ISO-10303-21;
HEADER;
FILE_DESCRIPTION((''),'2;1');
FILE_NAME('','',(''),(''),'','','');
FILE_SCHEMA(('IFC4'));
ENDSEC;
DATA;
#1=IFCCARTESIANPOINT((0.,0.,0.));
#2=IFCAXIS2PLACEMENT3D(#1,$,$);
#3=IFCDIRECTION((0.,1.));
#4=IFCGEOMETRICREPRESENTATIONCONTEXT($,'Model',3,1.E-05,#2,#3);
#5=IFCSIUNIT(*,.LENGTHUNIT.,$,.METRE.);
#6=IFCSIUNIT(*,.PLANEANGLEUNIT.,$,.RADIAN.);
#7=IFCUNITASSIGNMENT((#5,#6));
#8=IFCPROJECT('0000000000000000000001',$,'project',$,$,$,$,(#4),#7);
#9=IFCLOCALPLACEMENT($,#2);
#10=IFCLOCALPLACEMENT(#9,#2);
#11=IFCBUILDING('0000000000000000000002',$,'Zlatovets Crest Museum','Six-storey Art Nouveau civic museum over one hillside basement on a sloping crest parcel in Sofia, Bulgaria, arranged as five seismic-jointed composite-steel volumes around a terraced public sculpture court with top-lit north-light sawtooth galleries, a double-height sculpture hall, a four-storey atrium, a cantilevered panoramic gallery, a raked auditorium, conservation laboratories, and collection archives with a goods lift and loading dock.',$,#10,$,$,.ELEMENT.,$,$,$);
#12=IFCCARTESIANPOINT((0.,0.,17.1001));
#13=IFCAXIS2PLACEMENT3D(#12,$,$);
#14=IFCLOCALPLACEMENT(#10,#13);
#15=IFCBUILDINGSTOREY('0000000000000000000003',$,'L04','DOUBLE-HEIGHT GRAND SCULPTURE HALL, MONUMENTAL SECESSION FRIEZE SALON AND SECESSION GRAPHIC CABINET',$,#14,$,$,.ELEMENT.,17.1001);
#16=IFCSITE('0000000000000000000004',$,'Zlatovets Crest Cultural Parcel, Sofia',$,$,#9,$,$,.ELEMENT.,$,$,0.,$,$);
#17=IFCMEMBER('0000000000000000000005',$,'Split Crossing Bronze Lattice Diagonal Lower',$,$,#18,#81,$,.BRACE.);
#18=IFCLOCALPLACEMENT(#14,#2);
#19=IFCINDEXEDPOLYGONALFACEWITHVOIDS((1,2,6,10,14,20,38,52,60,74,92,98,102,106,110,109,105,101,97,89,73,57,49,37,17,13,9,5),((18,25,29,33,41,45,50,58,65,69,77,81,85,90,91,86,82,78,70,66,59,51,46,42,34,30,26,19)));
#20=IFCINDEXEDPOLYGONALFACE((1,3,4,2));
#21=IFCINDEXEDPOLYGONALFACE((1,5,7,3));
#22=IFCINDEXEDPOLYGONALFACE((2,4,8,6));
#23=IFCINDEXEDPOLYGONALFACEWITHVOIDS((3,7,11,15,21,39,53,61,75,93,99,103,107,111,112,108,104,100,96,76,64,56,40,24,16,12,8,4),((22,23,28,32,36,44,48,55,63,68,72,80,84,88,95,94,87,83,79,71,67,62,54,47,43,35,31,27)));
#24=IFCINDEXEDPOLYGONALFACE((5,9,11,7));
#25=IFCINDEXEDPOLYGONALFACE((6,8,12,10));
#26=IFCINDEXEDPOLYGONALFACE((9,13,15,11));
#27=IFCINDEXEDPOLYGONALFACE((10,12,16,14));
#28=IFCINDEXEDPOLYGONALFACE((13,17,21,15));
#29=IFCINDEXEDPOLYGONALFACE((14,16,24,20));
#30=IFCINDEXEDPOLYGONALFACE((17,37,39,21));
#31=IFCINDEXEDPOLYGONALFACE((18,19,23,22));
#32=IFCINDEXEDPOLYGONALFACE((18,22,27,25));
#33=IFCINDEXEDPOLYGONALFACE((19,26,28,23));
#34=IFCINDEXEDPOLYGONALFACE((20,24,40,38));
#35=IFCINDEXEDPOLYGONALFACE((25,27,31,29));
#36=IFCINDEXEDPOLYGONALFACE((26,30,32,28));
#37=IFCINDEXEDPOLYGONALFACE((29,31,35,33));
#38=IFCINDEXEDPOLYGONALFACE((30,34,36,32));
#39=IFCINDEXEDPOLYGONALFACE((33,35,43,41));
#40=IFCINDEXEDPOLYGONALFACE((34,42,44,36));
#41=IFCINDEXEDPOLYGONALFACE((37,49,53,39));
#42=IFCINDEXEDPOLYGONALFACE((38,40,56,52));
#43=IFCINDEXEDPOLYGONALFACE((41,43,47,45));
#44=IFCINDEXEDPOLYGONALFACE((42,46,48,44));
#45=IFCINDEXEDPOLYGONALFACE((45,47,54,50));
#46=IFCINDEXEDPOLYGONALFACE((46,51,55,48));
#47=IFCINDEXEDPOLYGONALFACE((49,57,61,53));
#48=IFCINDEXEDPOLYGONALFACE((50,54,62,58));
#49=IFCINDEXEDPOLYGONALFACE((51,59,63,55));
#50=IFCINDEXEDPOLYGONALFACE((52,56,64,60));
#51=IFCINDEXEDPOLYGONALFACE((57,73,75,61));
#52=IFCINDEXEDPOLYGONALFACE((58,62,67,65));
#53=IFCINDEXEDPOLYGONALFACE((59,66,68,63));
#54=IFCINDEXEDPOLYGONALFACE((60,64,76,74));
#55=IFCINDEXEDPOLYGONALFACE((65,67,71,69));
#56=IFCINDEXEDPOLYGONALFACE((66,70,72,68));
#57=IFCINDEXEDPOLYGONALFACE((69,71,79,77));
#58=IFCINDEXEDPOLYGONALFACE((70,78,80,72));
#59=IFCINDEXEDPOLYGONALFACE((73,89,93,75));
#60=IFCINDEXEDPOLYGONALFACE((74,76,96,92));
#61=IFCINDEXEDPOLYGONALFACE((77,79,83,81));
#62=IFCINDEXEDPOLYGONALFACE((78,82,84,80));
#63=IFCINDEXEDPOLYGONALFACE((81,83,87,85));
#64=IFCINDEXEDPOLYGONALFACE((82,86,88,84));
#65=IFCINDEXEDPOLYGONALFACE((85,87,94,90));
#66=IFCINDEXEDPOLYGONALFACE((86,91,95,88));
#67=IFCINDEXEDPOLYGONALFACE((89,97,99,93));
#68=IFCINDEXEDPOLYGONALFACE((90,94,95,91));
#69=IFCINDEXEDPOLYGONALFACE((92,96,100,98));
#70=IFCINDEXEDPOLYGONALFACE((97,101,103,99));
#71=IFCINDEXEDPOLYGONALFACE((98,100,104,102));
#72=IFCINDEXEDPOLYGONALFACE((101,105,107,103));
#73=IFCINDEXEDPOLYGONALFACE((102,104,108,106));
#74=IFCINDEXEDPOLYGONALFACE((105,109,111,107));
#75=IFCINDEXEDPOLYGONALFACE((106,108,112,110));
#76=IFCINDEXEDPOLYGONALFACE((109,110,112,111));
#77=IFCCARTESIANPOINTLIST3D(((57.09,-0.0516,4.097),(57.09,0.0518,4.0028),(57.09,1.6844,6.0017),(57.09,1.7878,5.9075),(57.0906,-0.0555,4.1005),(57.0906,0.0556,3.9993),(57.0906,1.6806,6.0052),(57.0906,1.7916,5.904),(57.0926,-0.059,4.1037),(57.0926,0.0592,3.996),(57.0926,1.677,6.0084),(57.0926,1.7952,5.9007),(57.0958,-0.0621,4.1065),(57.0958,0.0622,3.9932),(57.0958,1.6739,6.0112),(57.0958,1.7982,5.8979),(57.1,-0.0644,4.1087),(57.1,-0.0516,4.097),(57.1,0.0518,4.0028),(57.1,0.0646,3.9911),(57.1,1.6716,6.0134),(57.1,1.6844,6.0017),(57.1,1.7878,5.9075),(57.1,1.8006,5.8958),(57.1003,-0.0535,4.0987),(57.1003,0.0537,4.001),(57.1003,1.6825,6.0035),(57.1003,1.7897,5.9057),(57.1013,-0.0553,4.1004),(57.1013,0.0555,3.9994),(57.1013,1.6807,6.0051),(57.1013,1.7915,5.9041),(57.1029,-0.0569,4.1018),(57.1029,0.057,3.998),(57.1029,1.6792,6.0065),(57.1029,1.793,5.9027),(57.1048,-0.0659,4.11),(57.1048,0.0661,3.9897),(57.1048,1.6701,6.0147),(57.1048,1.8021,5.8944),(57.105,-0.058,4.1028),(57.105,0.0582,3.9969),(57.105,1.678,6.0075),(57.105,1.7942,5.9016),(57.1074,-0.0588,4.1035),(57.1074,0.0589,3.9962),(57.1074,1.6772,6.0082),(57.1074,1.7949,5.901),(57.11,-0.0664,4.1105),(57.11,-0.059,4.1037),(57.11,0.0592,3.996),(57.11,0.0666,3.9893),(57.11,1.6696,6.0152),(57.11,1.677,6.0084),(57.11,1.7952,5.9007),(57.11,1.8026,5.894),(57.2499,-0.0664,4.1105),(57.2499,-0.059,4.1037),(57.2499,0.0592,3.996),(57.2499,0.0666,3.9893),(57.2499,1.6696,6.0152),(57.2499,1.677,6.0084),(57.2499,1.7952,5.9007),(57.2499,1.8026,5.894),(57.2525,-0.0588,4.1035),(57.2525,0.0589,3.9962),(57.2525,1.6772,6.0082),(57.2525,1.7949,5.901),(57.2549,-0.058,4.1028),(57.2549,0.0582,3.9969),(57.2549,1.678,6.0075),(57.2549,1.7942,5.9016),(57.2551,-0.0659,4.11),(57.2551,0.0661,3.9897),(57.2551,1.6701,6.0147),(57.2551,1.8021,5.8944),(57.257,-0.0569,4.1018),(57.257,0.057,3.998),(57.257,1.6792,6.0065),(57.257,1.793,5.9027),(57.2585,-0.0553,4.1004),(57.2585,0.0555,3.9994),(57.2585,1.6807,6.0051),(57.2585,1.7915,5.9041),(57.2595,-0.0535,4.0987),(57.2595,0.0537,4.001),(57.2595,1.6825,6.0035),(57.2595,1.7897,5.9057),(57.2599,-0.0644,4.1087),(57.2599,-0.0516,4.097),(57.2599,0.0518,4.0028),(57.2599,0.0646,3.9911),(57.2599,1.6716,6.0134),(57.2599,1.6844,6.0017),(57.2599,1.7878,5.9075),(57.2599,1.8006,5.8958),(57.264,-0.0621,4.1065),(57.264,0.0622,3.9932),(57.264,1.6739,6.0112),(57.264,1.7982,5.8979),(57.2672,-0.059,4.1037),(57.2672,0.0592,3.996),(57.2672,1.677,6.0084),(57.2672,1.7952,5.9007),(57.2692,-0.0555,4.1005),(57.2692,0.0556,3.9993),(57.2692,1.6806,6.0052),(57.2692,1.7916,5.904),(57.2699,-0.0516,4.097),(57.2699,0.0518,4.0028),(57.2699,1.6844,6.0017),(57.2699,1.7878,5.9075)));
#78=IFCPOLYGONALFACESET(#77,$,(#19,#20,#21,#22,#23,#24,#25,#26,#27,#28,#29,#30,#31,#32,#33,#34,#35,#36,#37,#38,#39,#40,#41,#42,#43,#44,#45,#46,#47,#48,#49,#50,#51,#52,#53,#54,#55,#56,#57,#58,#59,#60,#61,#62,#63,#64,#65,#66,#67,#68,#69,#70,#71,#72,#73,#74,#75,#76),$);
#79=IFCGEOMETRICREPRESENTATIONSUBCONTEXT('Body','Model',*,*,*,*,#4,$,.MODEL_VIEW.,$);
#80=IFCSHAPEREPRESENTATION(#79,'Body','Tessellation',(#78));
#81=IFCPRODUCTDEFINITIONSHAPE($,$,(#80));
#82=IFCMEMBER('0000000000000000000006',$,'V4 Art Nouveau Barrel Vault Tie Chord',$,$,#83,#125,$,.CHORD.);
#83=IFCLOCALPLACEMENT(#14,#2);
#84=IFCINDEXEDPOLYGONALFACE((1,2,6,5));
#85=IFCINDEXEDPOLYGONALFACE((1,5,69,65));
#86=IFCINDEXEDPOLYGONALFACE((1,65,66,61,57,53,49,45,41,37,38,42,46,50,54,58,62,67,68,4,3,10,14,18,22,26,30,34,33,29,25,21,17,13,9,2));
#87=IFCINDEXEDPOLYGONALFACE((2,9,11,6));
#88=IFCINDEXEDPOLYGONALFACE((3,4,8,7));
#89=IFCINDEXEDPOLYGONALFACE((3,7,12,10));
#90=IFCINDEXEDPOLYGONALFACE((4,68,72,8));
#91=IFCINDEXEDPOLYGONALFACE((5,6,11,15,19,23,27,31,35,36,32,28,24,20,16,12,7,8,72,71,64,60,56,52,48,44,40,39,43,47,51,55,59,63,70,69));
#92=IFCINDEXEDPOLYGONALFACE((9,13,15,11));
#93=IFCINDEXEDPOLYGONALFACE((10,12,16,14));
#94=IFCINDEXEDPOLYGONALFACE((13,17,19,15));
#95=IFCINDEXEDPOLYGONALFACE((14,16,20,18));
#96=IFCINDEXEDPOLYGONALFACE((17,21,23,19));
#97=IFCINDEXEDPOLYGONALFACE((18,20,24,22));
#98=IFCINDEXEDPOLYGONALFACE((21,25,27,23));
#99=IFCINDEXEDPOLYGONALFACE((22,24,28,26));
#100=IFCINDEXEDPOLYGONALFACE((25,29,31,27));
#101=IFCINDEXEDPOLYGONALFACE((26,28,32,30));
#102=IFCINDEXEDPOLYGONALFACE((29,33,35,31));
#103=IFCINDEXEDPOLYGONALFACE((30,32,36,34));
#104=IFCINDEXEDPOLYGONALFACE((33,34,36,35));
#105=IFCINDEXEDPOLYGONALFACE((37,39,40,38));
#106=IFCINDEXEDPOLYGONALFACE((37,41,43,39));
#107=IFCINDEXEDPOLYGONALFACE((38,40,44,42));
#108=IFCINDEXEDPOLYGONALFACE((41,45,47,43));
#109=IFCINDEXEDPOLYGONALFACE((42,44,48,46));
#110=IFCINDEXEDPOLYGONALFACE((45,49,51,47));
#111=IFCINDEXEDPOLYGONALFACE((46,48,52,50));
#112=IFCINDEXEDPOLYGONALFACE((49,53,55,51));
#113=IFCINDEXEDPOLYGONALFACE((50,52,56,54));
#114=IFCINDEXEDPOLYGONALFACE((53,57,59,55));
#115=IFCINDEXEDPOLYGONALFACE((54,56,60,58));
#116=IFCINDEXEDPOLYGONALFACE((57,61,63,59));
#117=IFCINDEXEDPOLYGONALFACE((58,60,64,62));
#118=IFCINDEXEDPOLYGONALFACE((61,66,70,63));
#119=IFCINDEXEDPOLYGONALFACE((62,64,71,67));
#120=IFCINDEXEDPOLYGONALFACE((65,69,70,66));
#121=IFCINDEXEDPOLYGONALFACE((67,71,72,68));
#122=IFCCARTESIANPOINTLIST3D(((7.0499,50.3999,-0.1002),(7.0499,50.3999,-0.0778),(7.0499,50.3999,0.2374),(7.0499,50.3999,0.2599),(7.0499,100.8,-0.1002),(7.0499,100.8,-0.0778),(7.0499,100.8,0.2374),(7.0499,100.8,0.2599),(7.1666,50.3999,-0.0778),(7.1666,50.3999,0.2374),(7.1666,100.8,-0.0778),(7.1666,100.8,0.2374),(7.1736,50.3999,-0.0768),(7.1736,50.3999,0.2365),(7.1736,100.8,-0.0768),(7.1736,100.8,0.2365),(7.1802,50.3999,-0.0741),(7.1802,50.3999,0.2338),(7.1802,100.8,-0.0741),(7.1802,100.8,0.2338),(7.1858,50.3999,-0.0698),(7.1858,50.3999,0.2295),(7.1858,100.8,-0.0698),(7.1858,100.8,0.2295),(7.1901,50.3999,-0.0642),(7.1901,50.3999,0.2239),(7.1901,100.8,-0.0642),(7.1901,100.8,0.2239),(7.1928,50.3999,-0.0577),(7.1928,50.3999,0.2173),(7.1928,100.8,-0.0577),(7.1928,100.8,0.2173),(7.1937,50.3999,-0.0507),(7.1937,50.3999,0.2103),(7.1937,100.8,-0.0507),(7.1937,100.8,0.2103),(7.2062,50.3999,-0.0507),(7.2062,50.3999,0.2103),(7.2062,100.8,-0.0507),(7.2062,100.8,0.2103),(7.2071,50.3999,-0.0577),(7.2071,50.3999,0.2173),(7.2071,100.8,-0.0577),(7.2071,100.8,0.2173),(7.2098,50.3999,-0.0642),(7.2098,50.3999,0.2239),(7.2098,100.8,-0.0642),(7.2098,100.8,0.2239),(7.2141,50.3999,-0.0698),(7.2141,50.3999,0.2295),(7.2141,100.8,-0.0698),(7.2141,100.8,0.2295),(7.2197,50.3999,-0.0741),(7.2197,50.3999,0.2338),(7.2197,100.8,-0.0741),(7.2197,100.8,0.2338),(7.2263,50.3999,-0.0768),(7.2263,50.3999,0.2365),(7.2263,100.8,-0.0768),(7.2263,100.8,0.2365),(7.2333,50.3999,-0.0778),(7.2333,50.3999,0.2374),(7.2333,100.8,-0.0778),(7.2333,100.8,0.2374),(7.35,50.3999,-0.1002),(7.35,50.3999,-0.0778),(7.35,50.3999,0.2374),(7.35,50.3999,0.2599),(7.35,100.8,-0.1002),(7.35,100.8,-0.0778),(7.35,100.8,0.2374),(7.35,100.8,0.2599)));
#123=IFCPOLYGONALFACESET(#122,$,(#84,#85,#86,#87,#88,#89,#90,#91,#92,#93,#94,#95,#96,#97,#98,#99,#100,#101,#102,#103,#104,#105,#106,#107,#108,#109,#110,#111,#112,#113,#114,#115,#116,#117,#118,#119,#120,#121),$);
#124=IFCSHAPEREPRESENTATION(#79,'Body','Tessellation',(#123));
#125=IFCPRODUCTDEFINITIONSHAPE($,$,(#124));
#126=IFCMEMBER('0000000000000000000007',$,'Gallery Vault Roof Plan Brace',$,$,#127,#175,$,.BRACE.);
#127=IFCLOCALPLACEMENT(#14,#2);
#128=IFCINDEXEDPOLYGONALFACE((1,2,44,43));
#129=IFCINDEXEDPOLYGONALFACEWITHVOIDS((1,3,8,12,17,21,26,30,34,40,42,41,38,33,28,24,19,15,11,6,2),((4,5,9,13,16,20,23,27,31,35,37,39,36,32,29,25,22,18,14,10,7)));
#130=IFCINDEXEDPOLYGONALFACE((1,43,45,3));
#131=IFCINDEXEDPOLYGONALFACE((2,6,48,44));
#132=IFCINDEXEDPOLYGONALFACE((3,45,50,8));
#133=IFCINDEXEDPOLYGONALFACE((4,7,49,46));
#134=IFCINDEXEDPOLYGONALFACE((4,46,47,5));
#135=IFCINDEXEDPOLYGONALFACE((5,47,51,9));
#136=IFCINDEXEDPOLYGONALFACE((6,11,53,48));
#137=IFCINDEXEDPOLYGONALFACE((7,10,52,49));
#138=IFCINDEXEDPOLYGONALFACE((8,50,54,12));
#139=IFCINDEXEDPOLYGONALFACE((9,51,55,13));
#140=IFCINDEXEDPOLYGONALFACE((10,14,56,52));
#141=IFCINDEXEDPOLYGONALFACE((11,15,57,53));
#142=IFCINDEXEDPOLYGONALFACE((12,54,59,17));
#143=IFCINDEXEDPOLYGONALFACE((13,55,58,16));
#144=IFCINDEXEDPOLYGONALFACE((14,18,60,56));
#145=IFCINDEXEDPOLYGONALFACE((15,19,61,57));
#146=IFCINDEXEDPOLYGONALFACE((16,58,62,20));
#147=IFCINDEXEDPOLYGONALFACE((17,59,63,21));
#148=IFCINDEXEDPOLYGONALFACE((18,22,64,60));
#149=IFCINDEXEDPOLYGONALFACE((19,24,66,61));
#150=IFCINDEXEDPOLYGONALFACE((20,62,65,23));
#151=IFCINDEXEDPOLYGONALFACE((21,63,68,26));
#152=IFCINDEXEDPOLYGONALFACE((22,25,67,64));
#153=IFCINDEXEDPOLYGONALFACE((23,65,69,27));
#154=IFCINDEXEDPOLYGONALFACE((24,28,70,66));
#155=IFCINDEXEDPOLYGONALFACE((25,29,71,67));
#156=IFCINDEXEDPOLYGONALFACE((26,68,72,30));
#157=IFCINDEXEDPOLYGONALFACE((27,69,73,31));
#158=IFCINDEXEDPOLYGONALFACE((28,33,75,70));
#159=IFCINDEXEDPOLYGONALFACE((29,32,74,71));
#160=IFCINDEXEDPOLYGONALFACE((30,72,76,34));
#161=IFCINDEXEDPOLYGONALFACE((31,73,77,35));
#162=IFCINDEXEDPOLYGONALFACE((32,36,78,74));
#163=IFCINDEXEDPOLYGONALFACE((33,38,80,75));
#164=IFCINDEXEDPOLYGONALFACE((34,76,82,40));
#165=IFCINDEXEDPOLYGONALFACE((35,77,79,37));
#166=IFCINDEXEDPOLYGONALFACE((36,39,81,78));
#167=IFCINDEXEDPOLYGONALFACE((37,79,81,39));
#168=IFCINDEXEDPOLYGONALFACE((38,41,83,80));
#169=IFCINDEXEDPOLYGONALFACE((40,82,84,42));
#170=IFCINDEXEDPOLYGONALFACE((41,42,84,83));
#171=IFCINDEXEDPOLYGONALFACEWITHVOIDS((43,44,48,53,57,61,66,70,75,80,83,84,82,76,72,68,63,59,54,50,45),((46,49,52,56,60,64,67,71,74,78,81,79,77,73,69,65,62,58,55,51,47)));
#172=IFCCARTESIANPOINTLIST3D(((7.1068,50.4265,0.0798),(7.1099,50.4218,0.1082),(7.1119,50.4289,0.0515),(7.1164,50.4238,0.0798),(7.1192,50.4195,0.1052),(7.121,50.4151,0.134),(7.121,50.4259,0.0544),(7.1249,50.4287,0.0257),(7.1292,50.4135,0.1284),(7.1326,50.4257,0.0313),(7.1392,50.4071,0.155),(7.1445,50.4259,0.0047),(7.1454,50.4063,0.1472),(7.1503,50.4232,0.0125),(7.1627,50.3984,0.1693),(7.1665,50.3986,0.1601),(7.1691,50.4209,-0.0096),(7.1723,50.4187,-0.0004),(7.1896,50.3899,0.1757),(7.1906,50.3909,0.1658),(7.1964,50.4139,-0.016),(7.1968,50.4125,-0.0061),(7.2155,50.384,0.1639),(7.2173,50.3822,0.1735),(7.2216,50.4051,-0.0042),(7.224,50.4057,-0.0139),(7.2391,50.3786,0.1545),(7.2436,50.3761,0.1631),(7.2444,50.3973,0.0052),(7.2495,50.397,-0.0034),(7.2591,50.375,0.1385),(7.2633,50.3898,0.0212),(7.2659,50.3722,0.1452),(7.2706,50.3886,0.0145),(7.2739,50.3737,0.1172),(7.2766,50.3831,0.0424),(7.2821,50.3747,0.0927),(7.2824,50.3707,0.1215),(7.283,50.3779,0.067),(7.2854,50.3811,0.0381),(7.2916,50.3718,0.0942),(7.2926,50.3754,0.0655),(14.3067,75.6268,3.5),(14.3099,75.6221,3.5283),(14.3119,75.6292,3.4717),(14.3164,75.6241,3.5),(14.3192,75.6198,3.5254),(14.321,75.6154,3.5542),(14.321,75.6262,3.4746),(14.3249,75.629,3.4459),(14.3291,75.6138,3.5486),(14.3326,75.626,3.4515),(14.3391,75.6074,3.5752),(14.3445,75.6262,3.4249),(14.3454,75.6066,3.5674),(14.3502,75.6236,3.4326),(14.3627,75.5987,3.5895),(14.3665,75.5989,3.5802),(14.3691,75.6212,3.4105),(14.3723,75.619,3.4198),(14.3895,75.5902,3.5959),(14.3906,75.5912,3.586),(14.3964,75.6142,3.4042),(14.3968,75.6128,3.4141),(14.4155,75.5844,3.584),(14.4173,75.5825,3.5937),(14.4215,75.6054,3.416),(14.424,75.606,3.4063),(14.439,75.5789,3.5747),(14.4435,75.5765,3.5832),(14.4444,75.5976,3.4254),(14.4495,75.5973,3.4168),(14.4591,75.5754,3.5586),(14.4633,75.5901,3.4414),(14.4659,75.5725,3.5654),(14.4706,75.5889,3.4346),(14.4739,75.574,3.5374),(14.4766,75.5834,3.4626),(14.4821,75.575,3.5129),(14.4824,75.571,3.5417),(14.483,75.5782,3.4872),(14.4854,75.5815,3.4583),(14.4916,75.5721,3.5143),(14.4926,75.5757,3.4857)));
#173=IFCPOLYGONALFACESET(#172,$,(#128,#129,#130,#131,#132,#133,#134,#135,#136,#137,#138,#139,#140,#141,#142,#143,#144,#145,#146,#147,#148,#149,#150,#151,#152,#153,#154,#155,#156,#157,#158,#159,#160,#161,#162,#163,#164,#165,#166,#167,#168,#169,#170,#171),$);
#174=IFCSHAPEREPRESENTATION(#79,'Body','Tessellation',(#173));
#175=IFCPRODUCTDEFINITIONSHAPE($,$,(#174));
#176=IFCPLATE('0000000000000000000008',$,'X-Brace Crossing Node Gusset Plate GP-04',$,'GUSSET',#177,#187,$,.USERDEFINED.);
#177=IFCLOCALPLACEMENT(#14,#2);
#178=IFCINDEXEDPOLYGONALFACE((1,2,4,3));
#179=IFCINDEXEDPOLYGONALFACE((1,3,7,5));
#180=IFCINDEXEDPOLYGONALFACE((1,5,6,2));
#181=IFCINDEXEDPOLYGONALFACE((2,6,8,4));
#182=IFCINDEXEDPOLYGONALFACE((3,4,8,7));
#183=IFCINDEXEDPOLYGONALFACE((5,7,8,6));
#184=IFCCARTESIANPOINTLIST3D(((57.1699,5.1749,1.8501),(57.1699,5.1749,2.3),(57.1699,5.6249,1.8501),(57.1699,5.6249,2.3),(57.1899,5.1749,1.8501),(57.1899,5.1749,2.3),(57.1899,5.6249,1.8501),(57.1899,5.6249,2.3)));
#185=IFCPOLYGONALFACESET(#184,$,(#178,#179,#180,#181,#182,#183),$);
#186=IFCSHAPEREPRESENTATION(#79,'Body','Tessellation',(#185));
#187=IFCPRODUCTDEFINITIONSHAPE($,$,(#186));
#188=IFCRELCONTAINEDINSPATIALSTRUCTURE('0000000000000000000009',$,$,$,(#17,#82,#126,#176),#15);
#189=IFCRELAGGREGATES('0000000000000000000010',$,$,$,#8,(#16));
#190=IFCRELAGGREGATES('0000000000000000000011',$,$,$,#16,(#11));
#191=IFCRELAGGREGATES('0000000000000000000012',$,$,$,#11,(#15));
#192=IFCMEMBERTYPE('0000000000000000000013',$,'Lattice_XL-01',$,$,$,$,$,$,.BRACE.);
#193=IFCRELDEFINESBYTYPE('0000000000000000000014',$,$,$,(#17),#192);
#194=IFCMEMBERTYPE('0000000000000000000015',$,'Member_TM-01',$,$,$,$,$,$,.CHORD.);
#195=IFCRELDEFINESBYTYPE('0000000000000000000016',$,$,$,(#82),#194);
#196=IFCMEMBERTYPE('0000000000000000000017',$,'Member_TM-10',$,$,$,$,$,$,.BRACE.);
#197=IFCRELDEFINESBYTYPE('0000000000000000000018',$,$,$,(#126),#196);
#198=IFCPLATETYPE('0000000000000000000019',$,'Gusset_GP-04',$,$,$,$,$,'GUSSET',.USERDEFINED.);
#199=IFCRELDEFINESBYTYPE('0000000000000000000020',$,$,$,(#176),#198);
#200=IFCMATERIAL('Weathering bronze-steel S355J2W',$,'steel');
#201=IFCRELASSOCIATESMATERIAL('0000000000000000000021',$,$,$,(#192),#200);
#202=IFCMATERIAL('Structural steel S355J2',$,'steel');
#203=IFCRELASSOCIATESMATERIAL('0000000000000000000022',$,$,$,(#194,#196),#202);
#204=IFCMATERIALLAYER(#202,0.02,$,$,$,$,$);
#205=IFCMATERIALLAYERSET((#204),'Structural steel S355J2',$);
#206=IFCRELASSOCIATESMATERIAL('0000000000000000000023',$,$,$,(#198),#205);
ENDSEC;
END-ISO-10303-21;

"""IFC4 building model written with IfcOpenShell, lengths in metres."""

from ifc_helpers import new_model, si_unit, direction, frame, origin, origin_2d, place, context, subcontext, project, spatial, rectangle, hollow_rectangle, hollow_circle, i_section, extrude, material, layer, layer_set, material_profile, profile_set, type_object, element, save


model = new_model("IFC4")

# Units and contexts
model_context = context("Model", 3, precision=1e-05, world=origin(), true_north=direction((0.0, 1.0)))
body_context = subcontext(model_context, "Body", "Model", "MODEL_VIEW")
ifc_project = project(units=[si_unit("LENGTHUNIT", "METRE"), si_unit("PLANEANGLEUNIT", "RADIAN")], contexts=[model_context])

# Site, building, storey
site_placement = place(None, origin())
site = spatial("IfcSite", under=ifc_project, at=site_placement, Name="Zlatovets Crest Cultural Parcel, Sofia", CompositionType="ELEMENT", RefElevation=0.0)
building_placement = place(site_placement, origin())
building = spatial("IfcBuilding", under=site, at=building_placement, Name="Zlatovets Crest Museum", Description="Six-storey Art Nouveau civic museum over one hillside basement on a sloping crest parcel in Sofia, Bulgaria, arranged as five seismic-jointed composite-steel volumes around a terraced public sculpture court with top-lit north-light sawtooth galleries, a double-height sculpture hall, a four-storey atrium, a cantilevered panoramic gallery, a raked auditorium, conservation laboratories, and collection archives with a goods lift and loading dock.", CompositionType="ELEMENT")
storey_placement = place(building_placement, frame((0.0, 0.0, 17.1001)))
storey = spatial("IfcBuildingStorey", under=building, at=storey_placement, Name="L04", Description="DOUBLE-HEIGHT GRAND SCULPTURE HALL, MONUMENTAL SECESSION FRIEZE SALON AND SECESSION GRAPHIC CABINET", CompositionType="ELEMENT", Elevation=17.1001)

# Shared definitions
ifc_material_1 = material(Name="Structural steel S355J2", Category="steel")

# Members
ifc_material_2 = material(Name="Weathering bronze-steel S355J2W", Category="steel")
ifc_material_profile_1 = material_profile(ifc_material_2, hollow_rectangle(XDim=0.1799, YDim=0.1799, WallThickness=0.01, InnerFilletRadius=0.01, OuterFilletRadius=0.02, at=origin_2d()), Name="SHS 180x180x10.0")
ifc_profile_set_1 = profile_set([ifc_material_profile_1], Name="Weathering bronze-steel S355J2W")
member_type_1 = type_object("IfcMemberType", Name="Lattice_XL-01", PredefinedType="BRACE", material=ifc_profile_set_1)
for number, where, z_axis, x_axis, name in (
    (1, (57.1799, 1.7361, 5.9546), (0.0, -0.67362, -0.739078), (1.0, 0.0, 0.0), "Split Crossing Bronze Lattice Diagonal Lower"),
):
    element("IfcMember", number, at=place(storey_placement, frame(where, z_axis=z_axis, x_axis=x_axis)), inside=storey, type_object=member_type_1, Name=name, PredefinedType="BRACE", context=body_context, shape_type="SweptSolid", body=[
        extrude(hollow_rectangle(XDim=0.1799, YDim=0.1799, WallThickness=0.01, InnerFilletRadius=0.01, OuterFilletRadius=0.02, at=origin_2d()), origin(), (0.0, 0.0, 1.0), 2.5771),
    ])
ifc_material_profile_2 = material_profile(ifc_material_1, i_section(OverallWidth=0.3, OverallDepth=0.3601, WebThickness=0.0125, FlangeThickness=0.0225, FilletRadius=0.0271, at=origin_2d()), Name="HEB 360")
ifc_profile_set_2 = profile_set([ifc_material_profile_2], Name="Structural steel S355J2")
member_type_2 = type_object("IfcMemberType", Name="Member_TM-01", PredefinedType="CHORD", material=ifc_profile_set_2)
member_1_placement = place(storey_placement, frame((7.2, 50.3999, 0.0798), z_axis=(0.0, 1.0, 0.0), x_axis=(-1.0, 0.0, 0.0)))
element("IfcMember", 2, at=member_1_placement, inside=storey, type_object=member_type_2, Name="V4 Art Nouveau Barrel Vault Tie Chord", PredefinedType="CHORD", context=body_context, shape_type="SweptSolid", body=[
    extrude(i_section(OverallWidth=0.3, OverallDepth=0.3601, WebThickness=0.0125, FlangeThickness=0.0225, FilletRadius=0.0271, at=origin_2d()), origin(), (0.0, 0.0, 1.0), 50.4001),
])
ifc_material_profile_3 = material_profile(ifc_material_1, hollow_circle(Radius=0.0969, WallThickness=0.01, at=origin_2d()), Name="CHS 193.7x10.0")
ifc_profile_set_3 = profile_set([ifc_material_profile_3], Name="Structural steel S355J2")
member_type_3 = type_object("IfcMemberType", Name="Member_TM-10", PredefinedType="BRACE", material=ifc_profile_set_3)
member_2_placement = place(storey_placement, frame((7.2, 50.3999, 0.0798), z_axis=(0.272408, 0.953441, 0.129401), x_axis=(-0.961525, 0.274717, 0.0)))
element("IfcMember", 3, at=member_2_placement, inside=storey, type_object=member_type_3, Name="Gallery Vault Roof Plan Brace", PredefinedType="BRACE", context=body_context, shape_type="SweptSolid", body=[
    extrude(hollow_circle(Radius=0.0969, WallThickness=0.01, at=origin_2d()), origin(), (0.0, 0.0, 1.0), 26.4309),
])

# Plate
ifc_layer_1 = layer(ifc_material_1, 0.02)
ifc_layer_set_1 = layer_set([ifc_layer_1], Name="Structural steel S355J2")
plate_type = type_object("IfcPlateType", Name="Gusset_GP-04", ElementType="GUSSET", PredefinedType="USERDEFINED", material=ifc_layer_set_1)
for number, where, z_axis, x_axis, name in (
    (4, (57.1799, 5.3999, 1.8501), (0.0, 0.0, 1.0), (1.0, 0.0, 0.0), "X-Brace Crossing Node Gusset Plate GP-04"),
):
    element("IfcPlate", number, at=place(storey_placement, frame(where, z_axis=z_axis, x_axis=x_axis)), inside=storey, type_object=plate_type, Name=name, ObjectType="GUSSET", PredefinedType="USERDEFINED", context=body_context, shape_type="SweptSolid", body=[
        extrude(rectangle(XDim=0.02, YDim=0.45, at=origin_2d()), origin(), (0.0, 0.0, 1.0), 0.45),
    ])

save(model, "model.ifc")
